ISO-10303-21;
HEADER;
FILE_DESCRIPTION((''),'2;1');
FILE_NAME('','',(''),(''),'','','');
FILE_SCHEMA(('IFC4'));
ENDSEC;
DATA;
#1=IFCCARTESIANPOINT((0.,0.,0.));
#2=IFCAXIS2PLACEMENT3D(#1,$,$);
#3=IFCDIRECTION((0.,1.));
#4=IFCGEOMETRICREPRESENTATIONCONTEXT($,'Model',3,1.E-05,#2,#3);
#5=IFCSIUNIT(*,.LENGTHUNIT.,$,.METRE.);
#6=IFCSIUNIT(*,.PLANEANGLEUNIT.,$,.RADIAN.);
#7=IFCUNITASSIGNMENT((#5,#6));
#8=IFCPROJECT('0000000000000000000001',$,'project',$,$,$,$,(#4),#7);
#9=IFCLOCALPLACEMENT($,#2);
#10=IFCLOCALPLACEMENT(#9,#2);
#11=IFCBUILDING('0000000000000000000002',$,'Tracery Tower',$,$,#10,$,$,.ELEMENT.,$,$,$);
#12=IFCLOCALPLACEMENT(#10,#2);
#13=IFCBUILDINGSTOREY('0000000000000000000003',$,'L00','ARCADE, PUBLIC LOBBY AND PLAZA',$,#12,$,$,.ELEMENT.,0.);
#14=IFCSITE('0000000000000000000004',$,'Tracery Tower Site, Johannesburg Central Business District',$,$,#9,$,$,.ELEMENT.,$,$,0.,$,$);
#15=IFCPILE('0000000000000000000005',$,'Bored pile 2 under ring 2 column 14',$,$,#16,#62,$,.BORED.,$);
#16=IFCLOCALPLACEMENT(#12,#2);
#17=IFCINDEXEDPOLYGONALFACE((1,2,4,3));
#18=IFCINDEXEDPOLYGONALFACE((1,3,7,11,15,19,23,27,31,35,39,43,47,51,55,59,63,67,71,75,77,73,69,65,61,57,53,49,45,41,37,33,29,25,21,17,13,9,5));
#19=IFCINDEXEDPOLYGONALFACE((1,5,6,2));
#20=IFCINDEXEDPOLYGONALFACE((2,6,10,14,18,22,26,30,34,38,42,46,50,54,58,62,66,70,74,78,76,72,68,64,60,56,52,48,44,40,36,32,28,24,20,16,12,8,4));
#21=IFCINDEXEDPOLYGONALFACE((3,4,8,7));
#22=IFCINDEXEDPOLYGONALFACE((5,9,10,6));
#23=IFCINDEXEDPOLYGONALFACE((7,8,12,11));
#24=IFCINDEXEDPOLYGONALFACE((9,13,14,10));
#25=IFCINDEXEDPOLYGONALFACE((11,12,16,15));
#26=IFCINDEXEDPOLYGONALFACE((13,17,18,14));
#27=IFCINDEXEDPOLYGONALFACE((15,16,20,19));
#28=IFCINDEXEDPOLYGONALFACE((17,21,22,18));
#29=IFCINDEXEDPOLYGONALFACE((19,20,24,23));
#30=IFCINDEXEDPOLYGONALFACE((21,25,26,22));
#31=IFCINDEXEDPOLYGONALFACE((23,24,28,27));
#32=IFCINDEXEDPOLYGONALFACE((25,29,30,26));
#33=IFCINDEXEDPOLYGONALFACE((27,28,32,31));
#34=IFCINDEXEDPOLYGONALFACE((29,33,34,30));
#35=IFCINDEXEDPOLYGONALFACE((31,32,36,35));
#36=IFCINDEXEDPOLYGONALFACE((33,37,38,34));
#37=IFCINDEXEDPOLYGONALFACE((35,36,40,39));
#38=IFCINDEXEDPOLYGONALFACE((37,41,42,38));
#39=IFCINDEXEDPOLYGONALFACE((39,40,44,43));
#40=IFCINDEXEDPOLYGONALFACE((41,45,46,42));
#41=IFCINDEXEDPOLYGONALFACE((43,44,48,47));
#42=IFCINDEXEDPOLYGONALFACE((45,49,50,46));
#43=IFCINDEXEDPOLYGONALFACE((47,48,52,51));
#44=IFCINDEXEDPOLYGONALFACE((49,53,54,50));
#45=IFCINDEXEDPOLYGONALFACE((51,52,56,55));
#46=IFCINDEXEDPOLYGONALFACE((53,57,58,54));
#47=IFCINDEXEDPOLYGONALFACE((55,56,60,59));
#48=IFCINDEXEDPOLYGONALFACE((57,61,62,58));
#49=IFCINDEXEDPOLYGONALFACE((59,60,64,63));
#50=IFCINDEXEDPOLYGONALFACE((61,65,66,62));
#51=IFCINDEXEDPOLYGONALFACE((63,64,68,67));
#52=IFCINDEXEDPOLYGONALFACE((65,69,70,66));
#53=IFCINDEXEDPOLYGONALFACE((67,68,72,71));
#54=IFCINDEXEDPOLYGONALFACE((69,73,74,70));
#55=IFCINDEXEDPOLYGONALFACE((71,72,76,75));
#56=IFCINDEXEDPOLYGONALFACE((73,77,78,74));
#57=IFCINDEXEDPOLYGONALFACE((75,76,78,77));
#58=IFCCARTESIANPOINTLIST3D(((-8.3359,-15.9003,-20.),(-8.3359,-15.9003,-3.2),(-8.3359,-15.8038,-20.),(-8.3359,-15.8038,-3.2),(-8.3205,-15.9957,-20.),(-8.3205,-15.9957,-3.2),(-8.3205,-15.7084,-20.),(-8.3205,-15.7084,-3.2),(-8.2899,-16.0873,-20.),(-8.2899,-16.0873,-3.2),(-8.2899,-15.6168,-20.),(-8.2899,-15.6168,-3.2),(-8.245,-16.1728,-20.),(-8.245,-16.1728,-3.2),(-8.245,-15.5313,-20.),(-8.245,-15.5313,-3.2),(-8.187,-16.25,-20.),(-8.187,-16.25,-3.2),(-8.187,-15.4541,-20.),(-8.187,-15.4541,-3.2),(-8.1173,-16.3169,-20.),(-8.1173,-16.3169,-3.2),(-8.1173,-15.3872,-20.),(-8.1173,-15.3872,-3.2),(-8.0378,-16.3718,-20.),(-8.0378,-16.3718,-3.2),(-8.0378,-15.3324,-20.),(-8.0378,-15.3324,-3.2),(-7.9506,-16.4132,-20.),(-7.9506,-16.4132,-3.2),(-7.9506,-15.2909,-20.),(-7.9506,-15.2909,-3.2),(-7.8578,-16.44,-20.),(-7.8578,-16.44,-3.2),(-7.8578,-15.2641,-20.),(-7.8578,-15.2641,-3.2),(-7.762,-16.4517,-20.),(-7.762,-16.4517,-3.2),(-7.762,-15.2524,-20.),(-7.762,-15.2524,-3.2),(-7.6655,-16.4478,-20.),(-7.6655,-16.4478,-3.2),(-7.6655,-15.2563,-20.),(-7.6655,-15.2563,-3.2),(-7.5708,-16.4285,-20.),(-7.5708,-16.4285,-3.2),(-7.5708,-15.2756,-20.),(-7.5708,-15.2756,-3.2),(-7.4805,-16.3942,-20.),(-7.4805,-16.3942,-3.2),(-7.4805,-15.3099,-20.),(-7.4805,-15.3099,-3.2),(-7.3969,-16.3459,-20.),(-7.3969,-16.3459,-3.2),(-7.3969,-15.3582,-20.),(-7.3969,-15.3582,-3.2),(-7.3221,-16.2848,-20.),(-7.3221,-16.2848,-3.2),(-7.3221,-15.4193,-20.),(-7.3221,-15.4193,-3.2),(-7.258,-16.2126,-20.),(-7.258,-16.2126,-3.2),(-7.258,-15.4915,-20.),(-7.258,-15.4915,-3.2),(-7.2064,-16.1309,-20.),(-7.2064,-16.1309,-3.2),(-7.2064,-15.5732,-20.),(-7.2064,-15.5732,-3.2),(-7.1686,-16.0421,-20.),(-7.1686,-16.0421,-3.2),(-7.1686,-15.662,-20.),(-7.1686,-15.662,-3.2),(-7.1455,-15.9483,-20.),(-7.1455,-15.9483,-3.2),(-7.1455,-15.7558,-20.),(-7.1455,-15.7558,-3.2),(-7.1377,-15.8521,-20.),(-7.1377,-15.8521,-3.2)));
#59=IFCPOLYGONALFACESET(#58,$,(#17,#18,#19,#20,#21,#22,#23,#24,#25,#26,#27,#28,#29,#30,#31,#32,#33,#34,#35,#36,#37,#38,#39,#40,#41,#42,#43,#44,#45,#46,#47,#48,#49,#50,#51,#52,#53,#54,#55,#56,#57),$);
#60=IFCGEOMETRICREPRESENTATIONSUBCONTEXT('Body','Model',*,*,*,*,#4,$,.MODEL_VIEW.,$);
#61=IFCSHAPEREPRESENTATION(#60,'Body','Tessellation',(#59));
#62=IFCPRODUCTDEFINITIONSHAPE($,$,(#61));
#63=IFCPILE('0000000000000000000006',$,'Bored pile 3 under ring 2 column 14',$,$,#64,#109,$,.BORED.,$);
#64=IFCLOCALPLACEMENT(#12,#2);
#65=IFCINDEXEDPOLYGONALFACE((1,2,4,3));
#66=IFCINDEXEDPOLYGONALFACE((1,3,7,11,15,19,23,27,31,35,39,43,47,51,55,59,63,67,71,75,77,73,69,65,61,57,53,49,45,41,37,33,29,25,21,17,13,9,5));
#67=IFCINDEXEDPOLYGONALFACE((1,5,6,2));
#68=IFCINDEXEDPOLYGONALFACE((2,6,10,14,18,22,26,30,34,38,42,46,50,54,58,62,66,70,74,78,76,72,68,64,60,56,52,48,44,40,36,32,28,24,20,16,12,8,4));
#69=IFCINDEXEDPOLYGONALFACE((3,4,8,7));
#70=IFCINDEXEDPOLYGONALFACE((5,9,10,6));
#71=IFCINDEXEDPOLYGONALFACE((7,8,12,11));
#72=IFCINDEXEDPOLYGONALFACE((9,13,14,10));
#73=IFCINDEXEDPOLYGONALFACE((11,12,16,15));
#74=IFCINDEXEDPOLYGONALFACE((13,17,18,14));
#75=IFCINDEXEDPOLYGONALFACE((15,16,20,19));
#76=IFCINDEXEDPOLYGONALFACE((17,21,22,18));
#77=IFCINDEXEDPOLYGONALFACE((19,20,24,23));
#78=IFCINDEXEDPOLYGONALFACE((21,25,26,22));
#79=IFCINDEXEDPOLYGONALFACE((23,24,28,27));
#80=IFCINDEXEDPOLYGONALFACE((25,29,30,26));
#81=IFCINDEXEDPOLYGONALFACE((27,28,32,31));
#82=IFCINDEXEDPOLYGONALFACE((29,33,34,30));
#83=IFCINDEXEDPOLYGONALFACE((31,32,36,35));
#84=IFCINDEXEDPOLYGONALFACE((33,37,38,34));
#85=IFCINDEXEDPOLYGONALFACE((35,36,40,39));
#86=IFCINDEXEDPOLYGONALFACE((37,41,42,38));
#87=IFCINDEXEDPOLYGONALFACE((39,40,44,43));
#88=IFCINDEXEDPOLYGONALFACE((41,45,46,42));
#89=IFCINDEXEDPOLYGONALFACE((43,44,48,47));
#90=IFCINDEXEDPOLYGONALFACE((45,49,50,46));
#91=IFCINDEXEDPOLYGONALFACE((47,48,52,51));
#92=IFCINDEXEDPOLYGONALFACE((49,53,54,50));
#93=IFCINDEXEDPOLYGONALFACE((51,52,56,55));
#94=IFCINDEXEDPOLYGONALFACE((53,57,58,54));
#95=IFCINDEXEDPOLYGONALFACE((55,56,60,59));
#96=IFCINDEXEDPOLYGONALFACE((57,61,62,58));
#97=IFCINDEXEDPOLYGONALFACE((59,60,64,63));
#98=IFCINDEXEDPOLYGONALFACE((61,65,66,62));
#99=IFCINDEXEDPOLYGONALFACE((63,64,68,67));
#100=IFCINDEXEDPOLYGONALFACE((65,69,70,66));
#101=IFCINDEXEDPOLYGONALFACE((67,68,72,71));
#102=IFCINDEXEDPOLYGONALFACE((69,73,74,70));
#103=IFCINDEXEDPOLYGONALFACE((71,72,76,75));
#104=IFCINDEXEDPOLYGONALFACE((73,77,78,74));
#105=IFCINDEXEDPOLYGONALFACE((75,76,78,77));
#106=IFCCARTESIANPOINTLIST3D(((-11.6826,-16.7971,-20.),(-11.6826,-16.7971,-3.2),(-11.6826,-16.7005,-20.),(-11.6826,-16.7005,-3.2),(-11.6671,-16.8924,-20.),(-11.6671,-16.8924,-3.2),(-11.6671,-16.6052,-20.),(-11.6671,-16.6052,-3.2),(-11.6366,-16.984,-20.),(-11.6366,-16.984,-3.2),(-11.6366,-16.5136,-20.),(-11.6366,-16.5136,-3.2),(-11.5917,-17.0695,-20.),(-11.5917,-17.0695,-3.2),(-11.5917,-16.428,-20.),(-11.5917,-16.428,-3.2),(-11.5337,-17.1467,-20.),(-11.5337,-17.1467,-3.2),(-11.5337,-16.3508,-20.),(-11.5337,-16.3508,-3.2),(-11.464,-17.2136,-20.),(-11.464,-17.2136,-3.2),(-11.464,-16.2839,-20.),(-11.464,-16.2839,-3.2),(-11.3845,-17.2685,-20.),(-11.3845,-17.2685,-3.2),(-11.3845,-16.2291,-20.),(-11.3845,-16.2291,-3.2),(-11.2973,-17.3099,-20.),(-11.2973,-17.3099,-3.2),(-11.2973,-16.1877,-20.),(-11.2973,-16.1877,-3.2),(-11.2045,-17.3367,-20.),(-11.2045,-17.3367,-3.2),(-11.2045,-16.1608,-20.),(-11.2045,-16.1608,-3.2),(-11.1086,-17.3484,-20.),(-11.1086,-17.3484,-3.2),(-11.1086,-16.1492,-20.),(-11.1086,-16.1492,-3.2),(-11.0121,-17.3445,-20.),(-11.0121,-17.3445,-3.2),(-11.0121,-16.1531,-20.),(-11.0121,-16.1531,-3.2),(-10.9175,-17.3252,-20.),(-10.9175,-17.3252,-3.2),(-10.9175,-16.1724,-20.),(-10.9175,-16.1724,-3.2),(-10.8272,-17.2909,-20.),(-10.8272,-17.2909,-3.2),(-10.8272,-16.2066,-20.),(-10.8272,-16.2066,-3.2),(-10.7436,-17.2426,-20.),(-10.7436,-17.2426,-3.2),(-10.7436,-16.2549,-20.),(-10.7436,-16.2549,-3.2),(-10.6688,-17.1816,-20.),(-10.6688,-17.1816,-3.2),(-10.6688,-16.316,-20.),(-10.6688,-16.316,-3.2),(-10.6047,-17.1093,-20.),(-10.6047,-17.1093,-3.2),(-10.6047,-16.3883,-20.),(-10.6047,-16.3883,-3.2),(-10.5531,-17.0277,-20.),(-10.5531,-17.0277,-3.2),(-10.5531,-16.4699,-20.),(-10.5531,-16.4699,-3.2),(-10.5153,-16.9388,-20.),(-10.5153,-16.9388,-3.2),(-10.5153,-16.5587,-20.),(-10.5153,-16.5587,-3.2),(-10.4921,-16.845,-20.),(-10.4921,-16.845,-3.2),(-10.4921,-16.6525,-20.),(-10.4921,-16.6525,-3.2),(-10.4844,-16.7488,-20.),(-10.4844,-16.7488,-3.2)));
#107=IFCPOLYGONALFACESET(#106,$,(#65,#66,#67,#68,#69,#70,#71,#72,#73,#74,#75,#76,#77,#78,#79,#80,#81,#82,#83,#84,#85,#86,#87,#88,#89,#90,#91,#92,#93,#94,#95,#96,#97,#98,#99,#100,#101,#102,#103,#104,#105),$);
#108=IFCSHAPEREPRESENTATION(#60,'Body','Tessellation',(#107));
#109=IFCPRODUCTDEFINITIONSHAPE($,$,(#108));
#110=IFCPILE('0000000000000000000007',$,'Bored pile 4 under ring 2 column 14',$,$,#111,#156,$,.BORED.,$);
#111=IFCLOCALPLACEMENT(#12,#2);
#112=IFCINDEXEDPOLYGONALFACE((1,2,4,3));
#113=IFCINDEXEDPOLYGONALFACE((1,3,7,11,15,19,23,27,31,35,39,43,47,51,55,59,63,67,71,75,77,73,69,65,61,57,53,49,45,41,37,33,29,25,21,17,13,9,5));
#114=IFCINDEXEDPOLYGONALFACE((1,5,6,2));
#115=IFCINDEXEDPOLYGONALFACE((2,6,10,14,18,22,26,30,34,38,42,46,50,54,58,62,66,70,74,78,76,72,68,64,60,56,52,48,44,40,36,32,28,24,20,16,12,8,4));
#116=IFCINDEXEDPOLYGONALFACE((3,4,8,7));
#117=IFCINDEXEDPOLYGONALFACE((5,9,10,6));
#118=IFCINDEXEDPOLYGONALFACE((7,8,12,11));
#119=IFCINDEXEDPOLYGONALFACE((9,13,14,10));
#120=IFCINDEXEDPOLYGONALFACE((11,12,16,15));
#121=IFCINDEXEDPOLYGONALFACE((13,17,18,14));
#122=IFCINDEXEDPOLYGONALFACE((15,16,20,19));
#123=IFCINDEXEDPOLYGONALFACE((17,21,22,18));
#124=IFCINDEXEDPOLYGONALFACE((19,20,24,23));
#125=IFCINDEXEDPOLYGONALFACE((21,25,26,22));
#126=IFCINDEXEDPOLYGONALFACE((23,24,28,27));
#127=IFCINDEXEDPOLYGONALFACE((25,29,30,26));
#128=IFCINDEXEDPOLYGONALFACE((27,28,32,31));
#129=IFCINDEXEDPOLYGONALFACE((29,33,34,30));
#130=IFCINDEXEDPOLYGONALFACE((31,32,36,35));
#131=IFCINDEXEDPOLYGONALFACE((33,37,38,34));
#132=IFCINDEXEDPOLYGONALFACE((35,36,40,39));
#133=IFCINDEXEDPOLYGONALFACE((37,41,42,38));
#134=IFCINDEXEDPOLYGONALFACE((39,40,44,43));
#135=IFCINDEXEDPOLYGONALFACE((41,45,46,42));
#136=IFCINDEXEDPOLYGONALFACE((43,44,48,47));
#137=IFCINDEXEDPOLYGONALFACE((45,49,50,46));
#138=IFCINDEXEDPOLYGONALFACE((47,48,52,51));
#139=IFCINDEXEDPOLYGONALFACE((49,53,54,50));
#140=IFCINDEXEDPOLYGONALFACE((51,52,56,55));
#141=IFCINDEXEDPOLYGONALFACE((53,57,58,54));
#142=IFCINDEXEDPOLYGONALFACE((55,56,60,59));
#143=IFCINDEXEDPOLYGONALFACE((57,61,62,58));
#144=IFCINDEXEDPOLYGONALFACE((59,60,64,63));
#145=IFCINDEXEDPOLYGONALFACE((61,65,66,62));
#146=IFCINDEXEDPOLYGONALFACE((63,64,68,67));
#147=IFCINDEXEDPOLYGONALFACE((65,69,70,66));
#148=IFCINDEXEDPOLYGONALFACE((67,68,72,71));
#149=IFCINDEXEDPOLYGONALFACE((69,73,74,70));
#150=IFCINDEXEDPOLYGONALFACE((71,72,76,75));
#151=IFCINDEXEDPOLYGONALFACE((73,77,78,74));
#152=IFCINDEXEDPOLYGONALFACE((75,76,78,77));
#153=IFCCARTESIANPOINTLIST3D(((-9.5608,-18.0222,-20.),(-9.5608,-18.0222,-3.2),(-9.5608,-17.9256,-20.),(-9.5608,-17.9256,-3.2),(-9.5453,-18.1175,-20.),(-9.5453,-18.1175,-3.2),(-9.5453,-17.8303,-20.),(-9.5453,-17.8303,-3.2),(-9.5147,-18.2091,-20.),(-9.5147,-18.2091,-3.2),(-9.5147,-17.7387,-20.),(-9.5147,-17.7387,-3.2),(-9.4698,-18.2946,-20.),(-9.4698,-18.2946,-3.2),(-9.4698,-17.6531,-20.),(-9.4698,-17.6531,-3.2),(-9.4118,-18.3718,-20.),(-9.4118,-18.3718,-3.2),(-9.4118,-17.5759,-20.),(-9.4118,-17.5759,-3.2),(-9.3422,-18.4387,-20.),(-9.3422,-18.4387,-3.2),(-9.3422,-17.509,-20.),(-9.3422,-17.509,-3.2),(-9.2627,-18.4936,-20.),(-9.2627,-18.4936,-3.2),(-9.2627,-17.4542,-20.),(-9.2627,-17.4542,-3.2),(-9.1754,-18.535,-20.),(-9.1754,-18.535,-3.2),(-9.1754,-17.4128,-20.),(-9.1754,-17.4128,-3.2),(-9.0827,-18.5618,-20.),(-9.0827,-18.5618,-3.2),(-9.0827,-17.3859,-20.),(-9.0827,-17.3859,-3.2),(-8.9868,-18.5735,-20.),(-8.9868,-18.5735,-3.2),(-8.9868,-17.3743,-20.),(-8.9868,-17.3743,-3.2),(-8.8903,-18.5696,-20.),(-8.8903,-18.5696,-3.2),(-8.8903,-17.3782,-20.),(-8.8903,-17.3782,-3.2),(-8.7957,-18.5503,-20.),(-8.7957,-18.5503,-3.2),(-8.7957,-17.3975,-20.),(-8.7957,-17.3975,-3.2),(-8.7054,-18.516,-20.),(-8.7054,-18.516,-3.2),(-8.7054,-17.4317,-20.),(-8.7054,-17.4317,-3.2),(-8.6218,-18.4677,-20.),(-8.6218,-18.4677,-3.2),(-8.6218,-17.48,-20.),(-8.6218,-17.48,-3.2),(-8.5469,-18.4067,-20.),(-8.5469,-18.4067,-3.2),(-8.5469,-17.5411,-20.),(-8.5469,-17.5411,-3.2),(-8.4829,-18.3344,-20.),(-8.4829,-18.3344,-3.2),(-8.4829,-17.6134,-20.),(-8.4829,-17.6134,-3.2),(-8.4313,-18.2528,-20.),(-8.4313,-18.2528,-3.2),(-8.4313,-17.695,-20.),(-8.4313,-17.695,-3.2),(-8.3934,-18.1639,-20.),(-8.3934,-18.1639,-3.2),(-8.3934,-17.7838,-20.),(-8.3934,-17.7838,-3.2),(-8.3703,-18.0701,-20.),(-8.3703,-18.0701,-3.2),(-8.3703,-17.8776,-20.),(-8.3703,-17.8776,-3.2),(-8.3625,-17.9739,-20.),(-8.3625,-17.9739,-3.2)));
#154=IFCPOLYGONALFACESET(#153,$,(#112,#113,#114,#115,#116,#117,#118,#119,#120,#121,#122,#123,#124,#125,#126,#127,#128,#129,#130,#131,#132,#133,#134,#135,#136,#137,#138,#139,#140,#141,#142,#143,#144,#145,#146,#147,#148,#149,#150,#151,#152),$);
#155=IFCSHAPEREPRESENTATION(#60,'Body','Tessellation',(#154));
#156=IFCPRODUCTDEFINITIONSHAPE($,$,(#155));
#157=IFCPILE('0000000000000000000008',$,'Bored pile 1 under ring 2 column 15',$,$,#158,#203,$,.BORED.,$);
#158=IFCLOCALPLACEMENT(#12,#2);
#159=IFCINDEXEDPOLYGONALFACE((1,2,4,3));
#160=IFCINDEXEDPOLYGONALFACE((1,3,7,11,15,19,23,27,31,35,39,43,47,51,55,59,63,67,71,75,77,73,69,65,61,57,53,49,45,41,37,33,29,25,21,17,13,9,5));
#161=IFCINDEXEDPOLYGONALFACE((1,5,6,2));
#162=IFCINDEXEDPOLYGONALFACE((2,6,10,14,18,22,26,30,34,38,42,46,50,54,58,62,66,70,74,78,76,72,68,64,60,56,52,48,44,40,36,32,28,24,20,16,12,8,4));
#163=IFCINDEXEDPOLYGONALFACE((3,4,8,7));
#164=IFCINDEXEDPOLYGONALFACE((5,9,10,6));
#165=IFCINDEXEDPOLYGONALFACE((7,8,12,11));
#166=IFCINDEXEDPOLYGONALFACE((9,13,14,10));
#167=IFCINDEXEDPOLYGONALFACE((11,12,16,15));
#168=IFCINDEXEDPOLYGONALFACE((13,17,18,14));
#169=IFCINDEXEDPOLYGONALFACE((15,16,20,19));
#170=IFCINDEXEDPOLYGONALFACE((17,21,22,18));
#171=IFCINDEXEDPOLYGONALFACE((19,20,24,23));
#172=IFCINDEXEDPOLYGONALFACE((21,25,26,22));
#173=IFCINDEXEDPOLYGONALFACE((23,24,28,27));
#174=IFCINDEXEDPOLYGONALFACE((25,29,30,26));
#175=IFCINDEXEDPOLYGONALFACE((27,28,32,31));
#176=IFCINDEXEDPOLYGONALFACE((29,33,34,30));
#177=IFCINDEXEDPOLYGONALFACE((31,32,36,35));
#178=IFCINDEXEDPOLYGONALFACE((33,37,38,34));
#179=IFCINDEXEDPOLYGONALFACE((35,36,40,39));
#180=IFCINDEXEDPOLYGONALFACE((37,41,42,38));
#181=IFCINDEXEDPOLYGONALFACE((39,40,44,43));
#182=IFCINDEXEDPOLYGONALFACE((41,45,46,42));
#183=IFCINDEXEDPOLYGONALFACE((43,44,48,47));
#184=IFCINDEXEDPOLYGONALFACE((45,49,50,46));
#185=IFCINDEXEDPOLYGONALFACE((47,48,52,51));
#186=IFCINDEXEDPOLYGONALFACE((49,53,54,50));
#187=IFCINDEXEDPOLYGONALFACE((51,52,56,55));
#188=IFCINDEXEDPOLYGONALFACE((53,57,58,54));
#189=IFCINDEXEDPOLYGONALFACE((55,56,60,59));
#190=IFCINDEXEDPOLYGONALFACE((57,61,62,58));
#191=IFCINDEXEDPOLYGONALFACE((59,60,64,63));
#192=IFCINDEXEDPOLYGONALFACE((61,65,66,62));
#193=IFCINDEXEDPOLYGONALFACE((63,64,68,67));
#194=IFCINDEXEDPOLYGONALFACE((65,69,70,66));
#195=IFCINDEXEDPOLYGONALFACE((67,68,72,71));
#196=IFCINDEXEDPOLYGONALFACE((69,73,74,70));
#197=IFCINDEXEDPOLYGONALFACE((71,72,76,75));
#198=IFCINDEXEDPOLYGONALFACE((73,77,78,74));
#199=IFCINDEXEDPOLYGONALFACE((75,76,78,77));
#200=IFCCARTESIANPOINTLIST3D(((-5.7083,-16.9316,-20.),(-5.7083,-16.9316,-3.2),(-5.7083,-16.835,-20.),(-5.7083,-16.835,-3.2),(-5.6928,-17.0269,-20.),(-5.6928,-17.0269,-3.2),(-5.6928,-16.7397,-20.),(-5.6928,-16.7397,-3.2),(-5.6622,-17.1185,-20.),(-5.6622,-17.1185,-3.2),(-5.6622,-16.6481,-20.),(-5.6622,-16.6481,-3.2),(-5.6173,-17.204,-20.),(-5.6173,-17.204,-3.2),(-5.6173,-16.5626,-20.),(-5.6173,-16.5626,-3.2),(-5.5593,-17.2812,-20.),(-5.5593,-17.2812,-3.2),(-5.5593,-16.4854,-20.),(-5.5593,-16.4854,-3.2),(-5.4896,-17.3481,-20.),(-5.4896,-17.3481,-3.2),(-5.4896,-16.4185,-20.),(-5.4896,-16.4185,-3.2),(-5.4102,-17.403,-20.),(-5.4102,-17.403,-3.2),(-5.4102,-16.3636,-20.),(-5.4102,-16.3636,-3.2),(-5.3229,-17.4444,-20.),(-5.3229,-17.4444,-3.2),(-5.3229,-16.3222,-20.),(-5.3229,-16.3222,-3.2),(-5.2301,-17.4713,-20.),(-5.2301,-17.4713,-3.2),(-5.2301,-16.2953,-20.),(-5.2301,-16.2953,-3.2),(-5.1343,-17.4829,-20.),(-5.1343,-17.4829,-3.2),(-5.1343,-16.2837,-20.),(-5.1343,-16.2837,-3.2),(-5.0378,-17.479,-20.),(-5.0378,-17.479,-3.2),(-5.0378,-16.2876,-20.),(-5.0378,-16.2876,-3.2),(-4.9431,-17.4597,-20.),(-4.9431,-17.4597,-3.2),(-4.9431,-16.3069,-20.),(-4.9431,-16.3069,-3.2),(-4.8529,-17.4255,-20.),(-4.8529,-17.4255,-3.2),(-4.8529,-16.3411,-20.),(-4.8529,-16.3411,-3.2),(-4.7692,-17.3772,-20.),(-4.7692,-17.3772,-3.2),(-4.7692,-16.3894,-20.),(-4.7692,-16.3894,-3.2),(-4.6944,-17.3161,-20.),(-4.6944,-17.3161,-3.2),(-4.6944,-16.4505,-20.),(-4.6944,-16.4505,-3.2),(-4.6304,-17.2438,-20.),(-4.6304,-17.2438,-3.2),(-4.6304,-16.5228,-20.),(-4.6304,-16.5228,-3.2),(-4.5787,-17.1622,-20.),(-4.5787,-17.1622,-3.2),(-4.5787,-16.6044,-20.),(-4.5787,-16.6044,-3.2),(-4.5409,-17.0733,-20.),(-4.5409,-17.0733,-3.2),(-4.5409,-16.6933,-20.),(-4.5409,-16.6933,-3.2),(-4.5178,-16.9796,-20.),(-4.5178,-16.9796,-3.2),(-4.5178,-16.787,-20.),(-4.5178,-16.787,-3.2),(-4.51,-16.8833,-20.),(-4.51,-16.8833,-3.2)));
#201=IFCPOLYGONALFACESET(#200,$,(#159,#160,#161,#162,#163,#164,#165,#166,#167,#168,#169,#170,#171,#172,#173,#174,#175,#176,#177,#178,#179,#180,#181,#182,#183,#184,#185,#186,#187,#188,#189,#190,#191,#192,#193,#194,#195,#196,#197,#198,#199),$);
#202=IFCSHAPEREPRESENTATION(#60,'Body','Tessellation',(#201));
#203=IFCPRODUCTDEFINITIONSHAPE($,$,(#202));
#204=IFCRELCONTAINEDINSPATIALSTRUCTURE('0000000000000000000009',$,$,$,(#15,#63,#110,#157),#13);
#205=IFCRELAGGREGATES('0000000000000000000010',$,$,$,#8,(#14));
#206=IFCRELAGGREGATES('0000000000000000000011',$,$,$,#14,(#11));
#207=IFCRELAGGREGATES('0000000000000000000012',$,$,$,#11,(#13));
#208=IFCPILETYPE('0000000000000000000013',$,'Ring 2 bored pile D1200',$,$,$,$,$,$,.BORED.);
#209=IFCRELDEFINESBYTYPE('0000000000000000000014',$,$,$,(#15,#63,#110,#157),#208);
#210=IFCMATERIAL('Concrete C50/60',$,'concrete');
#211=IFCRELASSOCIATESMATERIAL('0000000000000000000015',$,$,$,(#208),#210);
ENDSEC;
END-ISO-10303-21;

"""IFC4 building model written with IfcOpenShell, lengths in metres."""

from ifc_helpers import new_model, si_unit, direction, frame, origin, origin_2d, place, context, subcontext, project, spatial, circle, extrude, material, material_profile, profile_set, type_object, element, save


model = new_model("IFC4")

# Units and contexts
model_context = context("Model", 3, precision=1e-05, world=origin(), true_north=direction((0.0, 1.0)))
body_context = subcontext(model_context, "Body", "Model", "MODEL_VIEW")
ifc_project = project(units=[si_unit("LENGTHUNIT", "METRE"), si_unit("PLANEANGLEUNIT", "RADIAN")], contexts=[model_context])

# Site, building, storey
site_placement = place(None, origin())
site = spatial("IfcSite", under=ifc_project, at=site_placement, Name="Tracery Tower Site, Johannesburg Central Business District", CompositionType="ELEMENT", RefElevation=0.0)
building_placement = place(site_placement, origin())
building = spatial("IfcBuilding", under=site, at=building_placement, Name="Tracery Tower", CompositionType="ELEMENT")
storey_placement = place(building_placement, origin())
storey = spatial("IfcBuildingStorey", under=building, at=storey_placement, Name="L00", Description="ARCADE, PUBLIC LOBBY AND PLAZA", CompositionType="ELEMENT", Elevation=0.0)

# Piles
ifc_material_1 = material(Name="Concrete C50/60", Category="concrete")
ifc_material_profile_1 = material_profile(ifc_material_1, circle(Radius=0.6001, at=origin_2d()), Name="RC D1200")
ifc_profile_set_1 = profile_set([ifc_material_profile_1], Name="Concrete C50/60")
pile_type_1 = type_object("IfcPileType", Name="Ring 2 bored pile D1200", PredefinedType="BORED", material=ifc_profile_set_1)
for number, where, z_axis, x_axis, name in (
    (1, (-7.7378, -15.8521, -3.2), (0.0, 0.0, -1.0), (1.0, 0.0, 0.0), "Bored pile 2 under ring 2 column 14"),
    (2, (-11.0845, -16.7488, -3.2), (0.0, 0.0, -1.0), (1.0, 0.0, 0.0), "Bored pile 3 under ring 2 column 14"),
    (3, (-8.9626, -17.9739, -3.2), (0.0, 0.0, -1.0), (1.0, 0.0, 0.0), "Bored pile 4 under ring 2 column 14"),
    (4, (-5.1101, -16.8833, -3.2), (0.0, 0.0, -1.0), (1.0, 0.0, 0.0), "Bored pile 1 under ring 2 column 15"),
):
    element("IfcPile", number, at=place(storey_placement, frame(where, z_axis=z_axis, x_axis=x_axis)), inside=storey, type_object=pile_type_1, Name=name, PredefinedType="BORED", context=body_context, shape_type="SweptSolid", body=[
        extrude(circle(Radius=0.6001, at=origin_2d()), origin(), (0.0, 0.0, 1.0), 16.8),
    ])

save(model, "model.ifc")
